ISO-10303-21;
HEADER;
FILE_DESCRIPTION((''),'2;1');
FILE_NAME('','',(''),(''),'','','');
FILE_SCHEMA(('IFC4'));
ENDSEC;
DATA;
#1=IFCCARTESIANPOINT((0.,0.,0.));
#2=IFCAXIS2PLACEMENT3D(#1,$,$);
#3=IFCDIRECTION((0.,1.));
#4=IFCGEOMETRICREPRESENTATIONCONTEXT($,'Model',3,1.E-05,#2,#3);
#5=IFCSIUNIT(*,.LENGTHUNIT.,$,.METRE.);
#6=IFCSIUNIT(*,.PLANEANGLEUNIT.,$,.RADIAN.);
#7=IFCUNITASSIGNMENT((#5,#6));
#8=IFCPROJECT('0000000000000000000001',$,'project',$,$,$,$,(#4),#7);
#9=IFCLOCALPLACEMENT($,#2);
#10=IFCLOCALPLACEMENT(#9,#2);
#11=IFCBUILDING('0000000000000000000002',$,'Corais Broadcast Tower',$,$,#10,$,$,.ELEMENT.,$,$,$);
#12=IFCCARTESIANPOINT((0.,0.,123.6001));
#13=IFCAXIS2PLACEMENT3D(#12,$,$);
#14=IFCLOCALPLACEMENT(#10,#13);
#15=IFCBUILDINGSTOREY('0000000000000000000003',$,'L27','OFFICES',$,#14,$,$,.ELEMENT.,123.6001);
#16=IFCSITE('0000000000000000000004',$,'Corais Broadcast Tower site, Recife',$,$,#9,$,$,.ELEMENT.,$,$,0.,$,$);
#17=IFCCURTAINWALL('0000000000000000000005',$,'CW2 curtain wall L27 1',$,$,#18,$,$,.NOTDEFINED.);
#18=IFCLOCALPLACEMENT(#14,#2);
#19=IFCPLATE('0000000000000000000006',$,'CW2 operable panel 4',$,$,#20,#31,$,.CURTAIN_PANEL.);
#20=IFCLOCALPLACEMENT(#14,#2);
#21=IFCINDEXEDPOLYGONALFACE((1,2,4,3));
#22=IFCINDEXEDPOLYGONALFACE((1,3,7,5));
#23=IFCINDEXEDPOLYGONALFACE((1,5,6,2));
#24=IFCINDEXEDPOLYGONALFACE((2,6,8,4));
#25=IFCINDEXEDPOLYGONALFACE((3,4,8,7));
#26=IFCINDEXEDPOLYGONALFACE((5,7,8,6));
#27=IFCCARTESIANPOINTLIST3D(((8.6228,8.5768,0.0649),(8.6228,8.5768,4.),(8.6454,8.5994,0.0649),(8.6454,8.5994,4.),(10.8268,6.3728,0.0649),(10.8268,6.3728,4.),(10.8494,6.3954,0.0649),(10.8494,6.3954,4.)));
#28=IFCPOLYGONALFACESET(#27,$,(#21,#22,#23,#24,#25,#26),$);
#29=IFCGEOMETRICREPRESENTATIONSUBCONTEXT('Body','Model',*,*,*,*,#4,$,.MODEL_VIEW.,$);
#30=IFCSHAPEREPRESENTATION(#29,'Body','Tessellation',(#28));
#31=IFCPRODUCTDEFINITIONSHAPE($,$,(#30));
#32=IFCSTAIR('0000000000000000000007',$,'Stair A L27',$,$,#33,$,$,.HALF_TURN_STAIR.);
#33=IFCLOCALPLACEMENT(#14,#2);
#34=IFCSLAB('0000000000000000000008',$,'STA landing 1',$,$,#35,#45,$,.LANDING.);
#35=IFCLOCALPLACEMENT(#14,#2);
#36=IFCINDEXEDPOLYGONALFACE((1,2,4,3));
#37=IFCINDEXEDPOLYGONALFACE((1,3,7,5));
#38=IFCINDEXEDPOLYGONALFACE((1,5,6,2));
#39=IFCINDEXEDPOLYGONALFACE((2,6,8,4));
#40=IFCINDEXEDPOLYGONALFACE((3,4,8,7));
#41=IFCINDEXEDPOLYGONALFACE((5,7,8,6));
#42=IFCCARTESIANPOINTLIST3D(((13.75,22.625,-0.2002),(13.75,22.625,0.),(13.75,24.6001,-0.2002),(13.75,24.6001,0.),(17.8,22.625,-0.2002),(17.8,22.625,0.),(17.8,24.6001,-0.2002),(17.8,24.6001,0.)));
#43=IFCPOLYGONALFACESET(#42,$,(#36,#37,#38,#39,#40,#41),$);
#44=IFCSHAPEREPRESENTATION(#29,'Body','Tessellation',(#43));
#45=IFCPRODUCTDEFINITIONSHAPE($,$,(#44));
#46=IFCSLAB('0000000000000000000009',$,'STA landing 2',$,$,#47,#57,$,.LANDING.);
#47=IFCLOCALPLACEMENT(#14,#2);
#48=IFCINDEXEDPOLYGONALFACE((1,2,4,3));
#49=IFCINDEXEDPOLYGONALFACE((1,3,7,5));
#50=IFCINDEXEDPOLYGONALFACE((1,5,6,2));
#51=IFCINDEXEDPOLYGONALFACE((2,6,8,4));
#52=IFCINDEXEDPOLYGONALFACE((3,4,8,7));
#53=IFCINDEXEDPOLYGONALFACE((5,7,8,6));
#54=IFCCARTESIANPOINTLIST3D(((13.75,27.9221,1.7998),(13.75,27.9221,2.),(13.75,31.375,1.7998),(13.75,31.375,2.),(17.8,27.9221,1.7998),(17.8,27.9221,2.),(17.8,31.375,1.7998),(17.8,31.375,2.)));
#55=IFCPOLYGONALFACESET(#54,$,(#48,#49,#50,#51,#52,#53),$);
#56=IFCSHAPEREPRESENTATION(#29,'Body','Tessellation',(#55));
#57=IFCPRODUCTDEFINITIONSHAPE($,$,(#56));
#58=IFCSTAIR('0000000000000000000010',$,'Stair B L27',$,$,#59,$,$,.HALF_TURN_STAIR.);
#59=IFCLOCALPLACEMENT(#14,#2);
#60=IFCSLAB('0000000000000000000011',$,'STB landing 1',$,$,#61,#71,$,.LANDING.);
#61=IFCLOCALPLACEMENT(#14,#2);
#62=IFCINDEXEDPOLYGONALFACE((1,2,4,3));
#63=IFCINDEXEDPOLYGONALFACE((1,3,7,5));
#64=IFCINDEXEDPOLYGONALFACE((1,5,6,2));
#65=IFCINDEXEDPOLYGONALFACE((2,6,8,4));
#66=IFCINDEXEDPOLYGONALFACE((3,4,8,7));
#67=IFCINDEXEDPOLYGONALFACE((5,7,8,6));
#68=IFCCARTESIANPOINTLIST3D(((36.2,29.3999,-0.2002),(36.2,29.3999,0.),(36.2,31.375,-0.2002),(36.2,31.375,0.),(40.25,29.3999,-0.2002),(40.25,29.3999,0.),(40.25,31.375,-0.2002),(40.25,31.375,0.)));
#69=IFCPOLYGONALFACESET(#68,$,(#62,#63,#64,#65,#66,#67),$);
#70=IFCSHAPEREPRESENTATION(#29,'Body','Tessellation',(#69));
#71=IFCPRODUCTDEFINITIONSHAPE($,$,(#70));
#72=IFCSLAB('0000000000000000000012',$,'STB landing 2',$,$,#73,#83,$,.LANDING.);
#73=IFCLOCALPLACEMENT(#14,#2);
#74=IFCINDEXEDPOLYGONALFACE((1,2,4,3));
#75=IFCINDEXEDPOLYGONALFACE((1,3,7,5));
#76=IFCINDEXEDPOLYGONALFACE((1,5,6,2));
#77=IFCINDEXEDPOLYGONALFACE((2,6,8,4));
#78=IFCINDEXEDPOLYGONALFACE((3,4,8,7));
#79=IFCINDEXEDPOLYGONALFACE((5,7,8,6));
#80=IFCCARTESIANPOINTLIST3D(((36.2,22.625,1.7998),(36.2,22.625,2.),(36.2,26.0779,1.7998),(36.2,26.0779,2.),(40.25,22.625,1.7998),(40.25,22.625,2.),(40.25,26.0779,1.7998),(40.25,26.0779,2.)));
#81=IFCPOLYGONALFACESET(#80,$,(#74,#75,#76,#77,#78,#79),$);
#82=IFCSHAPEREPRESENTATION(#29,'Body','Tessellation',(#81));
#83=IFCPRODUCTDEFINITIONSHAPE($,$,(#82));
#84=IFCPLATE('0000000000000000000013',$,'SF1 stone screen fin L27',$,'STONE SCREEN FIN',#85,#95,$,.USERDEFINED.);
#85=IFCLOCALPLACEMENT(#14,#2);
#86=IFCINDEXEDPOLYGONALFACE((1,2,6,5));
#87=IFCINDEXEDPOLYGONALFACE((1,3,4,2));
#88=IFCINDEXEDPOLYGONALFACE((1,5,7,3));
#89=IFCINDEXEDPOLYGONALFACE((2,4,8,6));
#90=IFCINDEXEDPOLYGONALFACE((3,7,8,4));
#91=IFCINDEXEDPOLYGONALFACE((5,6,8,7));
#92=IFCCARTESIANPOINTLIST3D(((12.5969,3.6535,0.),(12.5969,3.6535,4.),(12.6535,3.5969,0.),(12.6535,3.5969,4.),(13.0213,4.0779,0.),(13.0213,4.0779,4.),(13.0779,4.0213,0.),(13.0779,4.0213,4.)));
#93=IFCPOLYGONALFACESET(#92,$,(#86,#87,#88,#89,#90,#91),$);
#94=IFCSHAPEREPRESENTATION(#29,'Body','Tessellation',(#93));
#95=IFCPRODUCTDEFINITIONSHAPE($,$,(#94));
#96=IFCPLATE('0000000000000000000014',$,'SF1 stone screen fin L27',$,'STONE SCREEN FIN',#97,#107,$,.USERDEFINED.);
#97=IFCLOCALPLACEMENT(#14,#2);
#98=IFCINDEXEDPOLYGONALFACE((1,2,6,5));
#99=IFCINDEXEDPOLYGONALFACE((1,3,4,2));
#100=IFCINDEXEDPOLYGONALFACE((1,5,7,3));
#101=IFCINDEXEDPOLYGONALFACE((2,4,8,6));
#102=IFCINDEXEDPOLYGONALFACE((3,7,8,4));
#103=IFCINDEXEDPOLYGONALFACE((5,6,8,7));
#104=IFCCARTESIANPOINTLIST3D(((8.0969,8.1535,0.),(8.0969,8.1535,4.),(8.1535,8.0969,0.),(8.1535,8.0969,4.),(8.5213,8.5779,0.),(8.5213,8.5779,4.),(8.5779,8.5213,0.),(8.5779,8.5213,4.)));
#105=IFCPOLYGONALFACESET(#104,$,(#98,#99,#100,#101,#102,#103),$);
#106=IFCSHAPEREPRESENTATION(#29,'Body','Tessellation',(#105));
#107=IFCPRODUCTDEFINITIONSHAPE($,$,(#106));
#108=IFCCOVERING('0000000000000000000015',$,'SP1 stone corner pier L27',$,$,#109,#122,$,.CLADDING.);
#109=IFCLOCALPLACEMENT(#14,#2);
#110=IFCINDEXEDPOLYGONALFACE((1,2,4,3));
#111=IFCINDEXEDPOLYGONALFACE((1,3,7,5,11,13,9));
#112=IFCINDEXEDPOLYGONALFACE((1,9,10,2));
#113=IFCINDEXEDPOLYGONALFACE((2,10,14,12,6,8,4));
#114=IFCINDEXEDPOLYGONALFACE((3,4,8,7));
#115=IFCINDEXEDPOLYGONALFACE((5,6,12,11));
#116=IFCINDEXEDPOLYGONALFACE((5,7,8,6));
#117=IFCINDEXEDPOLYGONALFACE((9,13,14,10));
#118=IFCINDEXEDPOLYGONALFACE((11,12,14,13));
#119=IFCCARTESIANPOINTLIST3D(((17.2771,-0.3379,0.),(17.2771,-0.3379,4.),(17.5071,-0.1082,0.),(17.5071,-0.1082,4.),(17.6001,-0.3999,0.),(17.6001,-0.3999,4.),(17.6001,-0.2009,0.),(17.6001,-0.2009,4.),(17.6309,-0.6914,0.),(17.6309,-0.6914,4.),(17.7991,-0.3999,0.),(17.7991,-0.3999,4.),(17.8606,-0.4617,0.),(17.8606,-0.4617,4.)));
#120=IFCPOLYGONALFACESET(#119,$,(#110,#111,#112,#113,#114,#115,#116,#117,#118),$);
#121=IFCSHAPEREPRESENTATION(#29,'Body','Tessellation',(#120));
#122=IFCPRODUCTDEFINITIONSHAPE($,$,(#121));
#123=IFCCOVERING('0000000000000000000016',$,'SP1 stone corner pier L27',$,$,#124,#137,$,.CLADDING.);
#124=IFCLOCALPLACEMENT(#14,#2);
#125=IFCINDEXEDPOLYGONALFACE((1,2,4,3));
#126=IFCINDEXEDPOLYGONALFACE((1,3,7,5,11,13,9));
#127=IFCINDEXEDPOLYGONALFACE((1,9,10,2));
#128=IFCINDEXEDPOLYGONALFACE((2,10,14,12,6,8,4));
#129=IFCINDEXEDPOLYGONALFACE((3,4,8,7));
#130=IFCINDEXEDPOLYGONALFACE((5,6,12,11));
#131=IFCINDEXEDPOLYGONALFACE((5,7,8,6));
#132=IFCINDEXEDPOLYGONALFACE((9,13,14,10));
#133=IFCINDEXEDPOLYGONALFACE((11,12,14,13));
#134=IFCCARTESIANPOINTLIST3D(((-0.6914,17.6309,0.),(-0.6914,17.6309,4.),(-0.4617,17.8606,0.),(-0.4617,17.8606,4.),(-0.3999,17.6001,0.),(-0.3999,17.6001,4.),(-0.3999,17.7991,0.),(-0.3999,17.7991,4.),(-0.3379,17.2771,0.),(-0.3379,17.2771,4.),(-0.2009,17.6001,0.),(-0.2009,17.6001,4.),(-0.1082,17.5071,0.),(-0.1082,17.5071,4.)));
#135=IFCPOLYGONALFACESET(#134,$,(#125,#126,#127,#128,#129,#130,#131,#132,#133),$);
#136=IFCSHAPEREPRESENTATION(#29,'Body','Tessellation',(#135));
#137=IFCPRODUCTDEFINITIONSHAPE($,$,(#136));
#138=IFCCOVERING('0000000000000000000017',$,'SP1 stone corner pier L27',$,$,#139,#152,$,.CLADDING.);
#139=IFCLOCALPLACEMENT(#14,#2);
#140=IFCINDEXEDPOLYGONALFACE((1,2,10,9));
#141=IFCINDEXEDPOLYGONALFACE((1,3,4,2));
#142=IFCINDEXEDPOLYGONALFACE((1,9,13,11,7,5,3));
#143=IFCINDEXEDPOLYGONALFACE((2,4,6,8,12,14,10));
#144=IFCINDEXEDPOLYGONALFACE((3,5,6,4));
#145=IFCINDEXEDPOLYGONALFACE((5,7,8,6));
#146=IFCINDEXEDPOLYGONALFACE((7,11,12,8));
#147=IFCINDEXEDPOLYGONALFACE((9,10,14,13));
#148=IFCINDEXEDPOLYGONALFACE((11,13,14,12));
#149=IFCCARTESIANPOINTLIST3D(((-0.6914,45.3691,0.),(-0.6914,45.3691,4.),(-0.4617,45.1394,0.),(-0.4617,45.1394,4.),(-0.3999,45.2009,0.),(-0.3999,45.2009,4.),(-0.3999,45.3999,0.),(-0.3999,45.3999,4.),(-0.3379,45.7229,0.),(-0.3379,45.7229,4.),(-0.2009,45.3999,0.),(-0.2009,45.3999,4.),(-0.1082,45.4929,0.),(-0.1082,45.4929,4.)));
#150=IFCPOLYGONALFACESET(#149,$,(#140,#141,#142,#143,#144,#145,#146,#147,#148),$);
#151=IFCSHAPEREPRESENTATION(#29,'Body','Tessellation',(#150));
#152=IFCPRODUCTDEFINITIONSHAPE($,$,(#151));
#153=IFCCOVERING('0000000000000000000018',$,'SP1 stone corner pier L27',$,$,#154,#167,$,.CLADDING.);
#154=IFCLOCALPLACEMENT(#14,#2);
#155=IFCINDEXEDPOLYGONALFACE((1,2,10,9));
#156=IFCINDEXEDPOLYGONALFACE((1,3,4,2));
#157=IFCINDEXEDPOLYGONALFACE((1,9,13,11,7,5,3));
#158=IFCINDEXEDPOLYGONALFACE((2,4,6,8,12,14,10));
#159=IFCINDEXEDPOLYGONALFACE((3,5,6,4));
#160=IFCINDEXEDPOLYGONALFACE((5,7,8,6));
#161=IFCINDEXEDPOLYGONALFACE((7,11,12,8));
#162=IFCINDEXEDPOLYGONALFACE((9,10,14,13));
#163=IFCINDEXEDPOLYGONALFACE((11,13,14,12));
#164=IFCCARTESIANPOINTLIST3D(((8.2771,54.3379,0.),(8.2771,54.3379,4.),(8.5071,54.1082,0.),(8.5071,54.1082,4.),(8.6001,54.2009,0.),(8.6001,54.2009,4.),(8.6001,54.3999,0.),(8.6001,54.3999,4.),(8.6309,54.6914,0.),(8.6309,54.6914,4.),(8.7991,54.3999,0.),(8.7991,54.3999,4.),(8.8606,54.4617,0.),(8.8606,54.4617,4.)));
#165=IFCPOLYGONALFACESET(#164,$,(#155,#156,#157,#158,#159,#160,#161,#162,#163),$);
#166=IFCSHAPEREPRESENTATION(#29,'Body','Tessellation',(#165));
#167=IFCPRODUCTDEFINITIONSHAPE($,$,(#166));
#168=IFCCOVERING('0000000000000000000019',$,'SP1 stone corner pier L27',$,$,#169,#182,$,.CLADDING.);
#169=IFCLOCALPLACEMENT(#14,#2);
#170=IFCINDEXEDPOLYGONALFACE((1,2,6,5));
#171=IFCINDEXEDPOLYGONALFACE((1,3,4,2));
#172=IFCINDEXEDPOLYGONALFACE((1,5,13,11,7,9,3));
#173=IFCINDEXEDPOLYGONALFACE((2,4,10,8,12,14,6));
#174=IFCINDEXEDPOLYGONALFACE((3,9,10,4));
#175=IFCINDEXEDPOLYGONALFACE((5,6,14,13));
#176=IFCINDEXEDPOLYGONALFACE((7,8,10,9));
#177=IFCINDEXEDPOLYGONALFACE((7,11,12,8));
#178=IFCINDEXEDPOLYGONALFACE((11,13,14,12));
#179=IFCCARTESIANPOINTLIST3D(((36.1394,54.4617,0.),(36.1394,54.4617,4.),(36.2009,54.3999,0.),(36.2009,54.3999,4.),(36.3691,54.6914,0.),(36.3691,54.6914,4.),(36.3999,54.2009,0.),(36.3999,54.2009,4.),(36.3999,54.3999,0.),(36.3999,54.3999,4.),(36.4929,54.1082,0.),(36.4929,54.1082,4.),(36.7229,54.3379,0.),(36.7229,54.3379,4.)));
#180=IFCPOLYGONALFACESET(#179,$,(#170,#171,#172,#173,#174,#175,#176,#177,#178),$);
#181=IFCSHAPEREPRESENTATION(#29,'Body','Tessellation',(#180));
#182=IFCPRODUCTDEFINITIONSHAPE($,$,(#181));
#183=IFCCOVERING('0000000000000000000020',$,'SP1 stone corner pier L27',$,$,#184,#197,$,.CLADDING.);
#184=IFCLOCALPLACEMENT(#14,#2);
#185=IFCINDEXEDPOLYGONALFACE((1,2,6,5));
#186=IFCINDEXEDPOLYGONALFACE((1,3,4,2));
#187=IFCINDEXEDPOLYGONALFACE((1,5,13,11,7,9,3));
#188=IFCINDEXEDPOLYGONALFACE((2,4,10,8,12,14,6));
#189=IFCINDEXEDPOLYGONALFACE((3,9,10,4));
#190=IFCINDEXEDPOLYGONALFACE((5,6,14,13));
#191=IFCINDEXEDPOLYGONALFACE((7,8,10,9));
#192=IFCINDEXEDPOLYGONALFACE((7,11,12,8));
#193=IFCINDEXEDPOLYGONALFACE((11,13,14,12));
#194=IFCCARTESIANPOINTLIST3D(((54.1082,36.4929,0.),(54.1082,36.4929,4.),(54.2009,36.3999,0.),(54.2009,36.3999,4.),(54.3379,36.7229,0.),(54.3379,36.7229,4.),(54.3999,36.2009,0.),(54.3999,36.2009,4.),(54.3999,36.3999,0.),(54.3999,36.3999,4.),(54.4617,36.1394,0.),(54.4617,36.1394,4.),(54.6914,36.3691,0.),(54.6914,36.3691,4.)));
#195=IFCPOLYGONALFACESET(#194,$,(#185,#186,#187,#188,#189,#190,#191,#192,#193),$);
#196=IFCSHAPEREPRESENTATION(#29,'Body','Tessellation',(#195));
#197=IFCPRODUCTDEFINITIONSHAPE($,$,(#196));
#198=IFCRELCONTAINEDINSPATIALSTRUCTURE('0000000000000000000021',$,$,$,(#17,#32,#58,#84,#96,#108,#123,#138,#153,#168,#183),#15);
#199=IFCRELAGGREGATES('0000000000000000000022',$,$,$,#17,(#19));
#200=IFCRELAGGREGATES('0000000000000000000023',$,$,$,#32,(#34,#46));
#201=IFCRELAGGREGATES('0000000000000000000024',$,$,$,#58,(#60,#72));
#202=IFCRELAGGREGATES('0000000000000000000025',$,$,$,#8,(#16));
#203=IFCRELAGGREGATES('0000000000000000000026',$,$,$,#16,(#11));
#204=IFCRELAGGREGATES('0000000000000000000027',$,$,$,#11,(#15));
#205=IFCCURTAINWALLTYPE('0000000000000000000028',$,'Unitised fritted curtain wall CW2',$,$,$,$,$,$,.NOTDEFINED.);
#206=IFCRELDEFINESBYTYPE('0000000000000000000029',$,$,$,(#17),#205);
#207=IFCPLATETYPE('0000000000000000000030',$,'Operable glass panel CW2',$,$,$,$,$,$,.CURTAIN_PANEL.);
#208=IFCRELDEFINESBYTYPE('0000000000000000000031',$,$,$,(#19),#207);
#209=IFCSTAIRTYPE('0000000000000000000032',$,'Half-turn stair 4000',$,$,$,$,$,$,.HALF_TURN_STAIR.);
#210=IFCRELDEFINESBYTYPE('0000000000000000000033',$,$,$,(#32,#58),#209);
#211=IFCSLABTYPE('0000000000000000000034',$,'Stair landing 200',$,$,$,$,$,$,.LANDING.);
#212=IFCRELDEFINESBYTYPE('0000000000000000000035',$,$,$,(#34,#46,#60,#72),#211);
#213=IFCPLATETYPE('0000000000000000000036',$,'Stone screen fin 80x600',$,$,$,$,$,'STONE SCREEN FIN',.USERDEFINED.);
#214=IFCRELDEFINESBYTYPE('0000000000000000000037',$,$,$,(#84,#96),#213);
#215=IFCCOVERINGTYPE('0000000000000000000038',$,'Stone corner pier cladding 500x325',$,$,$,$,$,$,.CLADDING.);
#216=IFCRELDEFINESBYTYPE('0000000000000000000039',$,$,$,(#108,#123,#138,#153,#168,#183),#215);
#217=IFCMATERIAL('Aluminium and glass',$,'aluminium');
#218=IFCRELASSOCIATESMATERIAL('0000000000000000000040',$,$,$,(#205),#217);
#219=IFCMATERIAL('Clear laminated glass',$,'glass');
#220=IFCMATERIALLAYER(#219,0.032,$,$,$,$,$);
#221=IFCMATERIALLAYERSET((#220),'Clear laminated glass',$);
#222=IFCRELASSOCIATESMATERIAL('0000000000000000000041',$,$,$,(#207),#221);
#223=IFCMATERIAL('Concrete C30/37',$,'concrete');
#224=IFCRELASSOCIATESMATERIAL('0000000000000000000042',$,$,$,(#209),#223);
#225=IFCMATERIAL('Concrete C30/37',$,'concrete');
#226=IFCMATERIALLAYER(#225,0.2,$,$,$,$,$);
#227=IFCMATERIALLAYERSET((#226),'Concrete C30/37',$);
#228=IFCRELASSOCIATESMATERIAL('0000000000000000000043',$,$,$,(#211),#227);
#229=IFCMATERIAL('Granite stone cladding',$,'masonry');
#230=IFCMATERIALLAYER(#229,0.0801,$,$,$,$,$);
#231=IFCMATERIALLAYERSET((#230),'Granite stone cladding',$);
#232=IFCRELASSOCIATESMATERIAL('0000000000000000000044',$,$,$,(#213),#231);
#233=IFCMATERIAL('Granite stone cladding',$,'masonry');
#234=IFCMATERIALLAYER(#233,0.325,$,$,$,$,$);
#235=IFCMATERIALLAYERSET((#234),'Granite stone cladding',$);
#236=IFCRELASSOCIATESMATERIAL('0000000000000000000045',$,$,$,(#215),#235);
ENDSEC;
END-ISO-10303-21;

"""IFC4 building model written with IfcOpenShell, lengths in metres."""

from ifc_helpers import new_model, si_unit, direction, frame, origin, origin_2d, place, context, subcontext, project, spatial, polyline, rectangle, outline, extrude, material, layer, layer_set, type_object, element, aggregate, save


model = new_model("IFC4")

# Units and contexts
model_context = context("Model", 3, precision=1e-05, world=origin(), true_north=direction((0.0, 1.0)))
body_context = subcontext(model_context, "Body", "Model", "MODEL_VIEW")
ifc_project = project(units=[si_unit("LENGTHUNIT", "METRE"), si_unit("PLANEANGLEUNIT", "RADIAN")], contexts=[model_context])

# Site, building, storey
site_placement = place(None, origin())
site = spatial("IfcSite", under=ifc_project, at=site_placement, Name="Corais Broadcast Tower site, Recife", CompositionType="ELEMENT", RefElevation=0.0)
building_placement = place(site_placement, origin())
building = spatial("IfcBuilding", under=site, at=building_placement, Name="Corais Broadcast Tower", CompositionType="ELEMENT")
storey_placement = place(building_placement, frame((0.0, 0.0, 123.6001)))
storey = spatial("IfcBuildingStorey", under=building, at=storey_placement, Name="L27", Description="OFFICES", CompositionType="ELEMENT", Elevation=123.6001)

# Curtain wall
ifc_material_1 = material(Name="Aluminium and glass", Category="aluminium")
curtain_wall_type = type_object("IfcCurtainWallType", Name="Unitised fritted curtain wall CW2", PredefinedType="NOTDEFINED", material=ifc_material_1)
curtain_wall_placement = place(storey_placement, origin())
curtain_wall = element("IfcCurtainWall", 1, at=curtain_wall_placement, inside=storey, type_object=curtain_wall_type, Name="CW2 curtain wall L27 1", PredefinedType="NOTDEFINED")

# Plate
ifc_material_2 = material(Name="Clear laminated glass", Category="glass")
ifc_layer_1 = layer(ifc_material_2, 0.032)
ifc_layer_set_1 = layer_set([ifc_layer_1], Name="Clear laminated glass")
plate_type_1 = type_object("IfcPlateType", Name="Operable glass panel CW2", PredefinedType="CURTAIN_PANEL", material=ifc_layer_set_1)
plate_1_placement = place(storey_placement, frame((9.7361, 7.4861, 0.0649), z_axis=(0.0, 0.0, 1.0), x_axis=(-0.707107, 0.707107, 0.0)))
plate_1 = element("IfcPlate", 2, at=plate_1_placement, type_object=plate_type_1, Name="CW2 operable panel 4", PredefinedType="CURTAIN_PANEL", context=body_context, shape_type="SweptSolid", body=[
    extrude(rectangle(XDim=3.1169, YDim=0.032, at=origin_2d()), origin(), (0.0, 0.0, 1.0), 3.9351),
])
aggregate(curtain_wall, [plate_1])

# Stairs, slabs
ifc_material_3 = material(Name="Concrete C30/37", Category="concrete")
stair_type = type_object("IfcStairType", Name="Half-turn stair 4000", PredefinedType="HALF_TURN_STAIR", material=ifc_material_3)
stair_1_placement = place(storey_placement, origin())
stair_1 = element("IfcStair", 3, at=stair_1_placement, inside=storey, type_object=stair_type, Name="Stair A L27", PredefinedType="HALF_TURN_STAIR")
ifc_material_4 = material(Name="Concrete C30/37", Category="concrete")
ifc_layer_2 = layer(ifc_material_4, 0.2)
ifc_layer_set_2 = layer_set([ifc_layer_2], Name="Concrete C30/37")
slab_type_1 = type_object("IfcSlabType", Name="Stair landing 200", PredefinedType="LANDING", material=ifc_layer_set_2)
slab_1_placement = place(storey_placement, frame((0.0, 0.0, -0.2002)))
slab_1 = element("IfcSlab", 4, at=slab_1_placement, type_object=slab_type_1, Name="STA landing 1", PredefinedType="LANDING", context=body_context, shape_type="SweptSolid", body=[
    extrude(outline(polyline([(13.75, 22.625), (17.8, 22.625), (17.8, 24.6001), (13.75, 24.6001), (13.75, 22.625)])), origin(), (0.0, 0.0, 1.0), 0.2002),
])
slab_2_placement = place(storey_placement, frame((0.0, 0.0, 1.7998)))
slab_2 = element("IfcSlab", 5, at=slab_2_placement, type_object=slab_type_1, Name="STA landing 2", PredefinedType="LANDING", context=body_context, shape_type="SweptSolid", body=[
    extrude(outline(polyline([(13.75, 27.9221), (17.8, 27.9221), (17.8, 31.375), (13.75, 31.375), (13.75, 27.9221)])), origin(), (0.0, 0.0, 1.0), 0.2002),
])
aggregate(stair_1, [slab_1, slab_2])
stair_2_placement = place(storey_placement, origin())
stair_2 = element("IfcStair", 6, at=stair_2_placement, inside=storey, type_object=stair_type, Name="Stair B L27", PredefinedType="HALF_TURN_STAIR")
slab_3_placement = place(storey_placement, frame((0.0, 0.0, -0.2002)))
slab_3 = element("IfcSlab", 7, at=slab_3_placement, type_object=slab_type_1, Name="STB landing 1", PredefinedType="LANDING", context=body_context, shape_type="SweptSolid", body=[
    extrude(outline(polyline([(36.2, 29.3999), (40.25, 29.3999), (40.25, 31.375), (36.2, 31.375), (36.2, 29.3999)])), origin(), (0.0, 0.0, 1.0), 0.2002),
])
slab_4_placement = place(storey_placement, frame((0.0, 0.0, 1.7998)))
slab_4 = element("IfcSlab", 8, at=slab_4_placement, type_object=slab_type_1, Name="STB landing 2", PredefinedType="LANDING", context=body_context, shape_type="SweptSolid", body=[
    extrude(outline(polyline([(36.2, 22.625), (40.25, 22.625), (40.25, 26.0779), (36.2, 26.0779), (36.2, 22.625)])), origin(), (0.0, 0.0, 1.0), 0.2002),
])
aggregate(stair_2, [slab_3, slab_4])

# Plates
ifc_material_5 = material(Name="Granite stone cladding", Category="masonry")
ifc_layer_3 = layer(ifc_material_5, 0.0801)
ifc_layer_set_3 = layer_set([ifc_layer_3], Name="Granite stone cladding")
plate_type_2 = type_object("IfcPlateType", Name="Stone screen fin 80x600", ElementType="STONE SCREEN FIN", PredefinedType="USERDEFINED", material=ifc_layer_set_3)
for number, where, z_axis, x_axis, name in (
    (9, (12.8374, 3.8374, 0.0), (0.0, 0.0, 1.0), (-0.707107, 0.707107, 0.0), "SF1 stone screen fin L27"),
    (10, (8.3374, 8.3374, 0.0), (0.0, 0.0, 1.0), (-0.707107, 0.707107, 0.0), "SF1 stone screen fin L27"),
):
    element("IfcPlate", number, at=place(storey_placement, frame(where, z_axis=z_axis, x_axis=x_axis)), inside=storey, type_object=plate_type_2, Name=name, ObjectType="STONE SCREEN FIN", PredefinedType="USERDEFINED", context=body_context, shape_type="SweptSolid", body=[
        extrude(rectangle(XDim=0.0801, YDim=0.6001, at=origin_2d()), origin(), (0.0, 0.0, 1.0), 4.0),
    ])

# Coverings
ifc_material_6 = material(Name="Granite stone cladding", Category="masonry")
ifc_layer_4 = layer(ifc_material_6, 0.325)
ifc_layer_set_4 = layer_set([ifc_layer_4], Name="Granite stone cladding")
covering_type_1 = type_object("IfcCoveringType", Name="Stone corner pier cladding 500x325", PredefinedType="CLADDING", material=ifc_layer_set_4)
covering_1_placement = place(storey_placement, origin())
element("IfcCovering", 11, at=covering_1_placement, inside=storey, type_object=covering_type_1, Name="SP1 stone corner pier L27", PredefinedType="CLADDING", context=body_context, shape_type="SweptSolid", body=[
    extrude(outline(polyline([(17.8606, -0.4617), (17.7991, -0.3999), (17.6001, -0.3999), (17.6001, -0.2009), (17.5071, -0.1082), (17.2771, -0.3379), (17.6309, -0.6914), (17.8606, -0.4617)])), origin(), (0.0, 0.0, 1.0), 4.0),
])
covering_2_placement = place(storey_placement, origin())
element("IfcCovering", 12, at=covering_2_placement, inside=storey, type_object=covering_type_1, Name="SP1 stone corner pier L27", PredefinedType="CLADDING", context=body_context, shape_type="SweptSolid", body=[
    extrude(outline(polyline([(-0.3999, 17.7991), (-0.4617, 17.8606), (-0.6914, 17.6309), (-0.3379, 17.2771), (-0.1082, 17.5071), (-0.2009, 17.6001), (-0.3999, 17.6001), (-0.3999, 17.7991)])), origin(), (0.0, 0.0, 1.0), 4.0),
])
covering_3_placement = place(storey_placement, origin())
element("IfcCovering", 13, at=covering_3_placement, inside=storey, type_object=covering_type_1, Name="SP1 stone corner pier L27", PredefinedType="CLADDING", context=body_context, shape_type="SweptSolid", body=[
    extrude(outline(polyline([(-0.4617, 45.1394), (-0.3999, 45.2009), (-0.3999, 45.3999), (-0.2009, 45.3999), (-0.1082, 45.4929), (-0.3379, 45.7229), (-0.6914, 45.3691), (-0.4617, 45.1394)])), origin(), (0.0, 0.0, 1.0), 4.0),
])
covering_4_placement = place(storey_placement, origin())
element("IfcCovering", 14, at=covering_4_placement, inside=storey, type_object=covering_type_1, Name="SP1 stone corner pier L27", PredefinedType="CLADDING", context=body_context, shape_type="SweptSolid", body=[
    extrude(outline(polyline([(8.7991, 54.3999), (8.8606, 54.4617), (8.6309, 54.6914), (8.2771, 54.3379), (8.5071, 54.1082), (8.6001, 54.2009), (8.6001, 54.3999), (8.7991, 54.3999)])), origin(), (0.0, 0.0, 1.0), 4.0),
])
covering_5_placement = place(storey_placement, origin())
element("IfcCovering", 15, at=covering_5_placement, inside=storey, type_object=covering_type_1, Name="SP1 stone corner pier L27", PredefinedType="CLADDING", context=body_context, shape_type="SweptSolid", body=[
    extrude(outline(polyline([(36.1394, 54.4617), (36.2009, 54.3999), (36.3999, 54.3999), (36.3999, 54.2009), (36.4929, 54.1082), (36.7229, 54.3379), (36.3691, 54.6914), (36.1394, 54.4617)])), origin(), (0.0, 0.0, 1.0), 4.0),
])
covering_6_placement = place(storey_placement, origin())
element("IfcCovering", 16, at=covering_6_placement, inside=storey, type_object=covering_type_1, Name="SP1 stone corner pier L27", PredefinedType="CLADDING", context=body_context, shape_type="SweptSolid", body=[
    extrude(outline(polyline([(54.3999, 36.2009), (54.4617, 36.1394), (54.6914, 36.3691), (54.3379, 36.7229), (54.1082, 36.4929), (54.2009, 36.3999), (54.3999, 36.3999), (54.3999, 36.2009)])), origin(), (0.0, 0.0, 1.0), 4.0),
])

save(model, "model.ifc")
